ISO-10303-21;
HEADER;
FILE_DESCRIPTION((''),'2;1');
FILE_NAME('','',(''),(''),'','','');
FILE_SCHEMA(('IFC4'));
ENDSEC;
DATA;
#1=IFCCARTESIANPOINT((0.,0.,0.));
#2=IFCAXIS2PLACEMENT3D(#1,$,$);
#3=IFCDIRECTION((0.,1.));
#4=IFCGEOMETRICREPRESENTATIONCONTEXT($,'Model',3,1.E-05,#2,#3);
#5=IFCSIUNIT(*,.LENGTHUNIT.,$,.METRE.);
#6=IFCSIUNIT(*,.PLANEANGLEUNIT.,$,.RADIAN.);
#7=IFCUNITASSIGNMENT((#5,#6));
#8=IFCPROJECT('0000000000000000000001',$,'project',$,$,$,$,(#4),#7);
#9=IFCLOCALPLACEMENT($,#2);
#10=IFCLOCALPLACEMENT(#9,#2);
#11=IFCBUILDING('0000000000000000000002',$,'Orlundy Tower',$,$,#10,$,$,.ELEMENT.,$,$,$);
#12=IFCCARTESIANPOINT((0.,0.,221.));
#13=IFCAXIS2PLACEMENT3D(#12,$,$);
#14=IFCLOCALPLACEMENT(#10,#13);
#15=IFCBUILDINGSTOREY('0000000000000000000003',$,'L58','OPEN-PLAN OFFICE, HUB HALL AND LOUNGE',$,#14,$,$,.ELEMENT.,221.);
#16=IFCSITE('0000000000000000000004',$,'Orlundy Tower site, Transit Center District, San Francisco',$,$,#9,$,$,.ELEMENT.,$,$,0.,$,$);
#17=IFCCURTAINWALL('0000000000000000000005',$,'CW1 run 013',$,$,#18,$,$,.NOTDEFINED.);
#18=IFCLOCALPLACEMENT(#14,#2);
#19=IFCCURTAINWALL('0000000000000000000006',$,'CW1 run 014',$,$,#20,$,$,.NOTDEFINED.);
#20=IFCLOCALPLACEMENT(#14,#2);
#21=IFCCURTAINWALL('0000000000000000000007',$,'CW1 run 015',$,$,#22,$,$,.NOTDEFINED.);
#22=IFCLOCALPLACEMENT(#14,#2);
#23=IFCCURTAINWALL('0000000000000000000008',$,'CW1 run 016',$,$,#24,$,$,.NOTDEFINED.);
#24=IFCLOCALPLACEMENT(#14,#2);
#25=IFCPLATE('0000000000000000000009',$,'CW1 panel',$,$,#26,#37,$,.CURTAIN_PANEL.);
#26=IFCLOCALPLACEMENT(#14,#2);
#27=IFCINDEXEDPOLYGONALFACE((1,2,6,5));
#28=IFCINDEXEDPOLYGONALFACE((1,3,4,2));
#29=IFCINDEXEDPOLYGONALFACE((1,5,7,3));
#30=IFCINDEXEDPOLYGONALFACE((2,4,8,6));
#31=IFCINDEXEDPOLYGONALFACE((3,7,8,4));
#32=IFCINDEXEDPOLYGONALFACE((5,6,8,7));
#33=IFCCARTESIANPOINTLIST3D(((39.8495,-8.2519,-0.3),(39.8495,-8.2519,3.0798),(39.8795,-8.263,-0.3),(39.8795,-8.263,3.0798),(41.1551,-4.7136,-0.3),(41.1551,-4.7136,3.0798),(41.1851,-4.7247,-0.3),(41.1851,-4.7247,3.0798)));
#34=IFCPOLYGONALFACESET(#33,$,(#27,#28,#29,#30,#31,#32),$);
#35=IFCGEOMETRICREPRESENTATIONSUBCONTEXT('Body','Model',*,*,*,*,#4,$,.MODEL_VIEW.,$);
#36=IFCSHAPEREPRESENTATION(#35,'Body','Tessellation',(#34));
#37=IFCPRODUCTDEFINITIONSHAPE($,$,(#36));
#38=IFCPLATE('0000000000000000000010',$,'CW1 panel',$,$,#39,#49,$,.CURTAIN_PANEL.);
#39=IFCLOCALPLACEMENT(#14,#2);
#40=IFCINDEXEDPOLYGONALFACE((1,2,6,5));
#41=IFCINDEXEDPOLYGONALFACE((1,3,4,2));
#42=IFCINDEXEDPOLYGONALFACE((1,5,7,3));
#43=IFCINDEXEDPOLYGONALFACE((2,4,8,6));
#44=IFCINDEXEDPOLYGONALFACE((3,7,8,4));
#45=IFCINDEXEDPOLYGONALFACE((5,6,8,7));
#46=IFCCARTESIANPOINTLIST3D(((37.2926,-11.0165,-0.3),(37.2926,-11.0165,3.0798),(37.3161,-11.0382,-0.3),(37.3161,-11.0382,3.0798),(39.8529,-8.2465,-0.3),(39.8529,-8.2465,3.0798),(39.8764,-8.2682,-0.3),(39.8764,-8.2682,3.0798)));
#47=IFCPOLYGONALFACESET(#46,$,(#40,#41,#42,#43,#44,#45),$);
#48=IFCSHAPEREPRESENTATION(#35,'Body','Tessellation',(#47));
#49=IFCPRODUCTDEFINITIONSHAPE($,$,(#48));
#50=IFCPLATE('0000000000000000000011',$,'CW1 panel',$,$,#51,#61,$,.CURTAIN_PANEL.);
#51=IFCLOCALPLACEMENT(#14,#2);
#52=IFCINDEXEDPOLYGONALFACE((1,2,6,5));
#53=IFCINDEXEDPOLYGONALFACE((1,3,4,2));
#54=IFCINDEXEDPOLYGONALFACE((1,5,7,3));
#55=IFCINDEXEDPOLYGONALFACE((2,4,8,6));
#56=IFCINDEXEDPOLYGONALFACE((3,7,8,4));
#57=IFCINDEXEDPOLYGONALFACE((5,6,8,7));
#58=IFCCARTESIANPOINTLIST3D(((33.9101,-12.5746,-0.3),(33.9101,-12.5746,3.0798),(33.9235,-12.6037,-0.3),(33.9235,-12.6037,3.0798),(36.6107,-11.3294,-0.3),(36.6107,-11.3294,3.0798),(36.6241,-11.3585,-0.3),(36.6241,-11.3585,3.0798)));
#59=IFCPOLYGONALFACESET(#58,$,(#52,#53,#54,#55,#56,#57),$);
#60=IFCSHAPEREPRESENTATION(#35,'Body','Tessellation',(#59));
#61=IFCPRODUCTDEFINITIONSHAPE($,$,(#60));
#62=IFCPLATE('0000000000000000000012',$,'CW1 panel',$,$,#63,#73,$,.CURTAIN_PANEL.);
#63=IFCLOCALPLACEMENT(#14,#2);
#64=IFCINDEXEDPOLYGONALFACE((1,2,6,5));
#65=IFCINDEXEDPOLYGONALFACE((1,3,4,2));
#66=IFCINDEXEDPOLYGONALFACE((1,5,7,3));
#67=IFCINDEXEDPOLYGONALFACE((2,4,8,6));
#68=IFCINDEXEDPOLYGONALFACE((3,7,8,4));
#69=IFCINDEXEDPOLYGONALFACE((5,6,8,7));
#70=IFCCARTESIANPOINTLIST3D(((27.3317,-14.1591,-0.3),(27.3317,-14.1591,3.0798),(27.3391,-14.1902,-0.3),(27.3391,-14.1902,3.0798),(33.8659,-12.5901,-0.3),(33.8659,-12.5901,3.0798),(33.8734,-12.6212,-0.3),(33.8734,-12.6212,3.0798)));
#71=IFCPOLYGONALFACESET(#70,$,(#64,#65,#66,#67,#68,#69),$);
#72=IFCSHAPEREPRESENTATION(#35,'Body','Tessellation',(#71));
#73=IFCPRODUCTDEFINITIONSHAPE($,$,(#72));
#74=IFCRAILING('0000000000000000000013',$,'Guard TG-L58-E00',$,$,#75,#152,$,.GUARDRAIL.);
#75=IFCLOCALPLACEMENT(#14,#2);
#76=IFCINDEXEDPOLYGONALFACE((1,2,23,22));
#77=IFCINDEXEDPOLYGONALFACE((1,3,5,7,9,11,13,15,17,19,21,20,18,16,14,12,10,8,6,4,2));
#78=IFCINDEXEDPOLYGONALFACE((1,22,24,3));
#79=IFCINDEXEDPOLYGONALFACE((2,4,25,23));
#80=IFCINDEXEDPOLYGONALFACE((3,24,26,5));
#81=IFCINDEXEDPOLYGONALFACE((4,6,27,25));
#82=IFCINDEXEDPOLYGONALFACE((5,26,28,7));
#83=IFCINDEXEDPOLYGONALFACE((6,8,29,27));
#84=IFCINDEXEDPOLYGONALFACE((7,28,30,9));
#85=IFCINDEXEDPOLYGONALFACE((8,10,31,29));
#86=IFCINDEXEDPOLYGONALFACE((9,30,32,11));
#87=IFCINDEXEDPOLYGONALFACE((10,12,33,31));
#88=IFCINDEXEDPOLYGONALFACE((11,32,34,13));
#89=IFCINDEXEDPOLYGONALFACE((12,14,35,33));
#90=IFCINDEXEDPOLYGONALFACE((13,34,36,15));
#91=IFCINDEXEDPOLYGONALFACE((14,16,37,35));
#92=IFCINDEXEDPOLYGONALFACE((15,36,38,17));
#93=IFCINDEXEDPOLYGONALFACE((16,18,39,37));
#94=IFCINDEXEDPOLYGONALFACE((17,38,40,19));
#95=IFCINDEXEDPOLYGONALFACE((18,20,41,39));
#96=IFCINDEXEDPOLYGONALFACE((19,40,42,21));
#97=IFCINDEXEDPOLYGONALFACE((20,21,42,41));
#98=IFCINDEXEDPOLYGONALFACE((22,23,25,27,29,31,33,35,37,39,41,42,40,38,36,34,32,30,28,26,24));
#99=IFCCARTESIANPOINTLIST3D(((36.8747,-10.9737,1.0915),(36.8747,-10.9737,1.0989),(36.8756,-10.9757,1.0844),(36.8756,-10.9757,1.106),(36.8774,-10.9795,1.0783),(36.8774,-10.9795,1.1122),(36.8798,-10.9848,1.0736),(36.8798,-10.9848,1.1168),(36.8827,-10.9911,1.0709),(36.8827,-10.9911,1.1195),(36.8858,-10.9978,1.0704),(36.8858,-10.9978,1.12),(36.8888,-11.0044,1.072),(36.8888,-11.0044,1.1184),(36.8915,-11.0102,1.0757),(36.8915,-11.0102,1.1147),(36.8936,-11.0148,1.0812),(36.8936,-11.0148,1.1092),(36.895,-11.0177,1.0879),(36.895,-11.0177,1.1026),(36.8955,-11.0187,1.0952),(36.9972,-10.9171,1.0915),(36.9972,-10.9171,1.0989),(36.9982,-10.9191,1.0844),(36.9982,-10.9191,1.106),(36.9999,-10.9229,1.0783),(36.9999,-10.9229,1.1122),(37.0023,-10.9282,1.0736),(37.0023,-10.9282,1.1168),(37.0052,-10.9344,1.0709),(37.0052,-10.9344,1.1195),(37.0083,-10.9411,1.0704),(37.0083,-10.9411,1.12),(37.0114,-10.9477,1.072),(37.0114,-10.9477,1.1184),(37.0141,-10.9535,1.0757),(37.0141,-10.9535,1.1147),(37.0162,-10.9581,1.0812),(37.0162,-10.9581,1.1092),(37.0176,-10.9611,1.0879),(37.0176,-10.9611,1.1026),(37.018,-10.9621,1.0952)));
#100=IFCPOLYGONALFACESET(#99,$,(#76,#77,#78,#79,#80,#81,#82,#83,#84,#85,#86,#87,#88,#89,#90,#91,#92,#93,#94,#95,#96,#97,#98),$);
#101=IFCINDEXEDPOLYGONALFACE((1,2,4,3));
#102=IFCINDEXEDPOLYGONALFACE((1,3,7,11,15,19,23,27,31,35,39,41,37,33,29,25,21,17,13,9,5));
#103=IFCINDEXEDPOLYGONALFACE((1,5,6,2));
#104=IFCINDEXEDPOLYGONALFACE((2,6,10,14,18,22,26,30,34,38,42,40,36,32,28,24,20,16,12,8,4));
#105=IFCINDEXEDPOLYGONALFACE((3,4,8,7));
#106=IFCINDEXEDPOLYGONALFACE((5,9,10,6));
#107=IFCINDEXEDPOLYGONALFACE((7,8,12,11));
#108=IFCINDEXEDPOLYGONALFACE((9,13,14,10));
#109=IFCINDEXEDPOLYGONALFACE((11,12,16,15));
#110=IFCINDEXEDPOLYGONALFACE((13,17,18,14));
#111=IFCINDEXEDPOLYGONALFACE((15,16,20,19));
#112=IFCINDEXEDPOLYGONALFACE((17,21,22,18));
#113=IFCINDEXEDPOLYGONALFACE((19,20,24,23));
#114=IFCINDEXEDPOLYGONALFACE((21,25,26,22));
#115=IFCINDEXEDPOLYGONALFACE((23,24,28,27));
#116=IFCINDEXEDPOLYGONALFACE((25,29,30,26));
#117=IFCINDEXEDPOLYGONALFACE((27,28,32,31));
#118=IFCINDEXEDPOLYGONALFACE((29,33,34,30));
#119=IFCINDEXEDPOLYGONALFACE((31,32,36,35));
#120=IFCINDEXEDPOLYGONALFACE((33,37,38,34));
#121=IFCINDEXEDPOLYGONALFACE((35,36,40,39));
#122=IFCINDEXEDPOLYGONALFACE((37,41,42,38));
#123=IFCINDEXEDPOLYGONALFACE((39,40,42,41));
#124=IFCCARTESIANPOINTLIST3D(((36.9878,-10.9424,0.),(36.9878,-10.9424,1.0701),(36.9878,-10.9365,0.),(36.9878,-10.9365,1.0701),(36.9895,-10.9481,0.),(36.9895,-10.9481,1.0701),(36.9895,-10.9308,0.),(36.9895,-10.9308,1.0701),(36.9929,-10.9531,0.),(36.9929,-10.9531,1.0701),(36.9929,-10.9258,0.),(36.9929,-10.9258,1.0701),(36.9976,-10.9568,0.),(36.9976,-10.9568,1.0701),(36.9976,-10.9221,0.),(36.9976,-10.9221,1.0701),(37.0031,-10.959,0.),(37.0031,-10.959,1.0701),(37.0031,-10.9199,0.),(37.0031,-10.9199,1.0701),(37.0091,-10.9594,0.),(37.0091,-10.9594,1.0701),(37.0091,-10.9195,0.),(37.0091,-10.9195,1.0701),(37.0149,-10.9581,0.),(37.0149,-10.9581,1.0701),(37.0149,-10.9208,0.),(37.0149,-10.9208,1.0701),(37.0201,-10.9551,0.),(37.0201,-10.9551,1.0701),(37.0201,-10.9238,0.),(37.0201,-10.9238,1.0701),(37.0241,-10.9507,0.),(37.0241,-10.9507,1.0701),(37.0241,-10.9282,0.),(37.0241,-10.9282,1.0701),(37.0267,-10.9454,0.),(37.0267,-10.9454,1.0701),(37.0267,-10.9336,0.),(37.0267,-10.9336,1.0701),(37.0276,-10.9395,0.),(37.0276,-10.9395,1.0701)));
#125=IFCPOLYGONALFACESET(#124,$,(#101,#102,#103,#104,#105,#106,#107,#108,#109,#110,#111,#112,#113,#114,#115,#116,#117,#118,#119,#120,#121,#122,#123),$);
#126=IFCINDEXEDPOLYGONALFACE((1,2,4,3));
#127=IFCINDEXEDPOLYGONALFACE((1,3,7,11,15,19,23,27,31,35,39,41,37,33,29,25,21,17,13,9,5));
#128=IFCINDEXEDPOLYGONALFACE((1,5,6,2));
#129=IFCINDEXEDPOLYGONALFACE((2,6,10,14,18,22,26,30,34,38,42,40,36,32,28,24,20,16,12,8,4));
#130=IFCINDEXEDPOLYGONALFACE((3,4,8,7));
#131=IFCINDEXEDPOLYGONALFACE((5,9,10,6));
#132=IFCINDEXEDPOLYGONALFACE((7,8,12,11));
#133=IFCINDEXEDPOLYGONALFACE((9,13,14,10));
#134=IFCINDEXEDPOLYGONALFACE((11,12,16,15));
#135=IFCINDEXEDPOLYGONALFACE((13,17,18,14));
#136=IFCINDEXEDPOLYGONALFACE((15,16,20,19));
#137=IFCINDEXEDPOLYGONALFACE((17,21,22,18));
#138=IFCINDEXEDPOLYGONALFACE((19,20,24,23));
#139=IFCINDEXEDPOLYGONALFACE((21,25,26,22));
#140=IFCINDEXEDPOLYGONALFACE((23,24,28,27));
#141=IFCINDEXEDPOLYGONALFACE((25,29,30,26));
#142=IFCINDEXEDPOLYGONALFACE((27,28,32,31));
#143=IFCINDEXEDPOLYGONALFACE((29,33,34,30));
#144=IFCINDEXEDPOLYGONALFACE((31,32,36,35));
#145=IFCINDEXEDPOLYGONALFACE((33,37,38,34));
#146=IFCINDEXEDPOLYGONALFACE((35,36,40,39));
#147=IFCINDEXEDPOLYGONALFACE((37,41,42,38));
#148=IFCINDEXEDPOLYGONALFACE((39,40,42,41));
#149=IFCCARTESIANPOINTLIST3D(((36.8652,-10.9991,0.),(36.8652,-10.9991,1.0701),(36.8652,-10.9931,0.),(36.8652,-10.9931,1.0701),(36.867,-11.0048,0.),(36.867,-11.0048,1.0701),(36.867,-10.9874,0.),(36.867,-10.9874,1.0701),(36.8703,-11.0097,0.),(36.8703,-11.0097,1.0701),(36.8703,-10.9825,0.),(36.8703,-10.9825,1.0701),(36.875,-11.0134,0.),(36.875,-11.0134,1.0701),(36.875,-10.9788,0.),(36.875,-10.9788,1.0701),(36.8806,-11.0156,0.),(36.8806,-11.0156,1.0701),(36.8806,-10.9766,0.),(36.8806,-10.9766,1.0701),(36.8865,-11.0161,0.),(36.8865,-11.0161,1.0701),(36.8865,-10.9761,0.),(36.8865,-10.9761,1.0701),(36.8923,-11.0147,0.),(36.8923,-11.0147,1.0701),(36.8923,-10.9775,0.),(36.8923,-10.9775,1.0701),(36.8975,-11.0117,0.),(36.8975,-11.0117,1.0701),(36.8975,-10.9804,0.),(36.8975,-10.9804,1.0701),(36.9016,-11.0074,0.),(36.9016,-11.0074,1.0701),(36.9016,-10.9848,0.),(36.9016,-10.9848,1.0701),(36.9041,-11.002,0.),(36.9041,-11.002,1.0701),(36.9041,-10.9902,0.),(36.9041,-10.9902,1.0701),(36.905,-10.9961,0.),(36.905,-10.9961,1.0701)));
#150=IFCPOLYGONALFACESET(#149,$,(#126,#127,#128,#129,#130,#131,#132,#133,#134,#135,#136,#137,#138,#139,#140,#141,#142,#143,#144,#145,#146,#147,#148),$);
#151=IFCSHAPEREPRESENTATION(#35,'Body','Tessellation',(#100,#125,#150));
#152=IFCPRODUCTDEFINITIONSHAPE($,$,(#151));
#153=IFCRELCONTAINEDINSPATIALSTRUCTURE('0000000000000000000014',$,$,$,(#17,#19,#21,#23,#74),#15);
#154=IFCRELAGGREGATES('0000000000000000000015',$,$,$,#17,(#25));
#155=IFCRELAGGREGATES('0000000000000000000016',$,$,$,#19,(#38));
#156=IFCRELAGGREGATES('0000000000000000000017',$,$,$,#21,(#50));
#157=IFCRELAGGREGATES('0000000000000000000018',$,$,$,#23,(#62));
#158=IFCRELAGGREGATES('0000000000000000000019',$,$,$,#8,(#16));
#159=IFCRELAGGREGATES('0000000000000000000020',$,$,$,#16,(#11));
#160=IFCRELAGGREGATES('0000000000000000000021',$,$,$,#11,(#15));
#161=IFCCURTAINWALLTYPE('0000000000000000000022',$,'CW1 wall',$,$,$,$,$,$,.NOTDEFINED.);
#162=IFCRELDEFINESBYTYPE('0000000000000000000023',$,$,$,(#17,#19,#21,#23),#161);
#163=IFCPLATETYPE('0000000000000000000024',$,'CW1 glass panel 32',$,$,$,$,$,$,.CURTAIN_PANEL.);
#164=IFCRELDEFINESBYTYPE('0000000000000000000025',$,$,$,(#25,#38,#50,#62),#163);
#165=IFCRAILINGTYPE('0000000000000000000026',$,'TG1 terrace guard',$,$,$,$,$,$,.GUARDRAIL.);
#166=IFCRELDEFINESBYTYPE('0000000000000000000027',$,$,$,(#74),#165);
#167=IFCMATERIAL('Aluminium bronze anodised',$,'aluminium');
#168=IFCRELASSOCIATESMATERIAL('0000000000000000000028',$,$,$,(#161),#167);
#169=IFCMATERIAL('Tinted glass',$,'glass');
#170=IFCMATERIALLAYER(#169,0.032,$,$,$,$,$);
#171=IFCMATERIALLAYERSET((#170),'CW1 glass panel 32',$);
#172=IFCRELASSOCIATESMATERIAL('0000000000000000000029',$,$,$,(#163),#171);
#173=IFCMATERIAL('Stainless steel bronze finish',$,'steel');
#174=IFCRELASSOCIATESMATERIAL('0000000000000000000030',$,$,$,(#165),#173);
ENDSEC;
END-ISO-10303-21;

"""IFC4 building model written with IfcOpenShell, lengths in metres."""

from ifc_helpers import new_model, si_unit, direction, frame, origin, origin_2d, place, context, subcontext, project, spatial, rectangle, circle, extrude, material, layer, layer_set, type_object, element, aggregate, save


model = new_model("IFC4")

# Units and contexts
model_context = context("Model", 3, precision=1e-05, world=origin(), true_north=direction((0.0, 1.0)))
body_context = subcontext(model_context, "Body", "Model", "MODEL_VIEW")
ifc_project = project(units=[si_unit("LENGTHUNIT", "METRE"), si_unit("PLANEANGLEUNIT", "RADIAN")], contexts=[model_context])

# Site, building, storey
site_placement = place(None, origin())
site = spatial("IfcSite", under=ifc_project, at=site_placement, Name="Orlundy Tower site, Transit Center District, San Francisco", CompositionType="ELEMENT", RefElevation=0.0)
building_placement = place(site_placement, origin())
building = spatial("IfcBuilding", under=site, at=building_placement, Name="Orlundy Tower", CompositionType="ELEMENT")
storey_placement = place(building_placement, frame((0.0, 0.0, 221.0)))
storey = spatial("IfcBuildingStorey", under=building, at=storey_placement, Name="L58", Description="OPEN-PLAN OFFICE, HUB HALL AND LOUNGE", CompositionType="ELEMENT", Elevation=221.0)

# Curtain walls
ifc_material_1 = material(Name="Aluminium bronze anodised", Category="aluminium")
curtain_wall_type = type_object("IfcCurtainWallType", Name="CW1 wall", PredefinedType="NOTDEFINED", material=ifc_material_1)
curtain_wall_1_placement = place(storey_placement, origin())
curtain_wall_1 = element("IfcCurtainWall", 1, at=curtain_wall_1_placement, inside=storey, type_object=curtain_wall_type, Name="CW1 run 013", PredefinedType="NOTDEFINED")
curtain_wall_2_placement = place(storey_placement, origin())
curtain_wall_2 = element("IfcCurtainWall", 2, at=curtain_wall_2_placement, inside=storey, type_object=curtain_wall_type, Name="CW1 run 014", PredefinedType="NOTDEFINED")
curtain_wall_3_placement = place(storey_placement, origin())
curtain_wall_3 = element("IfcCurtainWall", 3, at=curtain_wall_3_placement, inside=storey, type_object=curtain_wall_type, Name="CW1 run 015", PredefinedType="NOTDEFINED")
curtain_wall_4_placement = place(storey_placement, origin())
curtain_wall_4 = element("IfcCurtainWall", 4, at=curtain_wall_4_placement, inside=storey, type_object=curtain_wall_type, Name="CW1 run 016", PredefinedType="NOTDEFINED")

# Shared definitions
ifc_material_2 = material(Name="Tinted glass", Category="glass")
ifc_layer = layer(ifc_material_2, 0.032)
ifc_layer_set = layer_set([ifc_layer], Name="CW1 glass panel 32")
plate_type = type_object("IfcPlateType", Name="CW1 glass panel 32", PredefinedType="CURTAIN_PANEL", material=ifc_layer_set)

# Plates
plate_1_placement = place(storey_placement, frame((40.5173, -6.4883, -0.3), z_axis=(0.0, 0.0, 1.0), x_axis=(-0.34618, -0.938168, 0.0)))
plate_1 = element("IfcPlate", 5, at=plate_1_placement, type_object=plate_type, Name="CW1 panel", PredefinedType="CURTAIN_PANEL", context=body_context, shape_type="SweptSolid", body=[
    extrude(rectangle(XDim=3.7715, YDim=0.032, at=origin_2d()), origin(), (0.0, 0.0, 1.0), 3.3799),
])
aggregate(curtain_wall_1, [plate_1])
plate_2_placement = place(storey_placement, frame((38.5845, -9.6423, -0.3), z_axis=(0.0, 0.0, 1.0), x_axis=(-0.678773, -0.734348, 0.0)))
plate_2 = element("IfcPlate", 6, at=plate_2_placement, type_object=plate_type, Name="CW1 panel", PredefinedType="CURTAIN_PANEL", context=body_context, shape_type="SweptSolid", body=[
    extrude(rectangle(XDim=3.772, YDim=0.032, at=origin_2d()), origin(), (0.0, 0.0, 1.0), 3.3799),
])
aggregate(curtain_wall_2, [plate_2])
plate_3_placement = place(storey_placement, frame((35.2671, -11.9666, -0.3), z_axis=(0.0, 0.0, 1.0), x_axis=(-0.908117, -0.418716, 0.0)))
plate_3 = element("IfcPlate", 7, at=plate_3_placement, type_object=plate_type, Name="CW1 panel", PredefinedType="CURTAIN_PANEL", context=body_context, shape_type="SweptSolid", body=[
    extrude(rectangle(XDim=2.9739, YDim=0.032, at=origin_2d()), origin(), (0.0, 0.0, 1.0), 3.3799),
])
aggregate(curtain_wall_3, [plate_3])
plate_4_placement = place(storey_placement, frame((30.6025, -13.3901, -0.3), z_axis=(0.0, 0.0, 1.0), x_axis=(-0.972363, -0.233473, 0.0)))
plate_4 = element("IfcPlate", 8, at=plate_4_placement, type_object=plate_type, Name="CW1 panel", PredefinedType="CURTAIN_PANEL", context=body_context, shape_type="SweptSolid", body=[
    extrude(rectangle(XDim=6.72, YDim=0.032, at=origin_2d()), origin(), (0.0, 0.0, 1.0), 3.3799),
])
aggregate(curtain_wall_4, [plate_4])

# Railing
ifc_material_3 = material(Name="Stainless steel bronze finish", Category="steel")
railing_type = type_object("IfcRailingType", Name="TG1 terrace guard", PredefinedType="GUARDRAIL", material=ifc_material_3)
railing_placement = place(storey_placement, frame((37.0076, -10.9395, 0.0)))
element("IfcRailing", 9, at=railing_placement, inside=storey, type_object=railing_type, Name="Guard TG-L58-E00", PredefinedType="GUARDRAIL", context=body_context, shape_type="SweptSolid", body=[
    extrude(circle(Radius=0.0249, at=origin_2d()), frame((0.0, 0.0, 1.0952), z_axis=(-0.907748, -0.419517, 0.0), x_axis=(0.419517, -0.907748, 0.0)), (0.0, 0.0, 1.0), 0.135),
    extrude(circle(Radius=0.02, at=origin_2d()), origin(), (0.0, 0.0, 1.0), 1.0701),
    extrude(circle(Radius=0.02, at=origin_2d()), frame((-0.1226, -0.0566, 0.0)), (0.0, 0.0, 1.0), 1.0701),
])

save(model, "model.ifc")
